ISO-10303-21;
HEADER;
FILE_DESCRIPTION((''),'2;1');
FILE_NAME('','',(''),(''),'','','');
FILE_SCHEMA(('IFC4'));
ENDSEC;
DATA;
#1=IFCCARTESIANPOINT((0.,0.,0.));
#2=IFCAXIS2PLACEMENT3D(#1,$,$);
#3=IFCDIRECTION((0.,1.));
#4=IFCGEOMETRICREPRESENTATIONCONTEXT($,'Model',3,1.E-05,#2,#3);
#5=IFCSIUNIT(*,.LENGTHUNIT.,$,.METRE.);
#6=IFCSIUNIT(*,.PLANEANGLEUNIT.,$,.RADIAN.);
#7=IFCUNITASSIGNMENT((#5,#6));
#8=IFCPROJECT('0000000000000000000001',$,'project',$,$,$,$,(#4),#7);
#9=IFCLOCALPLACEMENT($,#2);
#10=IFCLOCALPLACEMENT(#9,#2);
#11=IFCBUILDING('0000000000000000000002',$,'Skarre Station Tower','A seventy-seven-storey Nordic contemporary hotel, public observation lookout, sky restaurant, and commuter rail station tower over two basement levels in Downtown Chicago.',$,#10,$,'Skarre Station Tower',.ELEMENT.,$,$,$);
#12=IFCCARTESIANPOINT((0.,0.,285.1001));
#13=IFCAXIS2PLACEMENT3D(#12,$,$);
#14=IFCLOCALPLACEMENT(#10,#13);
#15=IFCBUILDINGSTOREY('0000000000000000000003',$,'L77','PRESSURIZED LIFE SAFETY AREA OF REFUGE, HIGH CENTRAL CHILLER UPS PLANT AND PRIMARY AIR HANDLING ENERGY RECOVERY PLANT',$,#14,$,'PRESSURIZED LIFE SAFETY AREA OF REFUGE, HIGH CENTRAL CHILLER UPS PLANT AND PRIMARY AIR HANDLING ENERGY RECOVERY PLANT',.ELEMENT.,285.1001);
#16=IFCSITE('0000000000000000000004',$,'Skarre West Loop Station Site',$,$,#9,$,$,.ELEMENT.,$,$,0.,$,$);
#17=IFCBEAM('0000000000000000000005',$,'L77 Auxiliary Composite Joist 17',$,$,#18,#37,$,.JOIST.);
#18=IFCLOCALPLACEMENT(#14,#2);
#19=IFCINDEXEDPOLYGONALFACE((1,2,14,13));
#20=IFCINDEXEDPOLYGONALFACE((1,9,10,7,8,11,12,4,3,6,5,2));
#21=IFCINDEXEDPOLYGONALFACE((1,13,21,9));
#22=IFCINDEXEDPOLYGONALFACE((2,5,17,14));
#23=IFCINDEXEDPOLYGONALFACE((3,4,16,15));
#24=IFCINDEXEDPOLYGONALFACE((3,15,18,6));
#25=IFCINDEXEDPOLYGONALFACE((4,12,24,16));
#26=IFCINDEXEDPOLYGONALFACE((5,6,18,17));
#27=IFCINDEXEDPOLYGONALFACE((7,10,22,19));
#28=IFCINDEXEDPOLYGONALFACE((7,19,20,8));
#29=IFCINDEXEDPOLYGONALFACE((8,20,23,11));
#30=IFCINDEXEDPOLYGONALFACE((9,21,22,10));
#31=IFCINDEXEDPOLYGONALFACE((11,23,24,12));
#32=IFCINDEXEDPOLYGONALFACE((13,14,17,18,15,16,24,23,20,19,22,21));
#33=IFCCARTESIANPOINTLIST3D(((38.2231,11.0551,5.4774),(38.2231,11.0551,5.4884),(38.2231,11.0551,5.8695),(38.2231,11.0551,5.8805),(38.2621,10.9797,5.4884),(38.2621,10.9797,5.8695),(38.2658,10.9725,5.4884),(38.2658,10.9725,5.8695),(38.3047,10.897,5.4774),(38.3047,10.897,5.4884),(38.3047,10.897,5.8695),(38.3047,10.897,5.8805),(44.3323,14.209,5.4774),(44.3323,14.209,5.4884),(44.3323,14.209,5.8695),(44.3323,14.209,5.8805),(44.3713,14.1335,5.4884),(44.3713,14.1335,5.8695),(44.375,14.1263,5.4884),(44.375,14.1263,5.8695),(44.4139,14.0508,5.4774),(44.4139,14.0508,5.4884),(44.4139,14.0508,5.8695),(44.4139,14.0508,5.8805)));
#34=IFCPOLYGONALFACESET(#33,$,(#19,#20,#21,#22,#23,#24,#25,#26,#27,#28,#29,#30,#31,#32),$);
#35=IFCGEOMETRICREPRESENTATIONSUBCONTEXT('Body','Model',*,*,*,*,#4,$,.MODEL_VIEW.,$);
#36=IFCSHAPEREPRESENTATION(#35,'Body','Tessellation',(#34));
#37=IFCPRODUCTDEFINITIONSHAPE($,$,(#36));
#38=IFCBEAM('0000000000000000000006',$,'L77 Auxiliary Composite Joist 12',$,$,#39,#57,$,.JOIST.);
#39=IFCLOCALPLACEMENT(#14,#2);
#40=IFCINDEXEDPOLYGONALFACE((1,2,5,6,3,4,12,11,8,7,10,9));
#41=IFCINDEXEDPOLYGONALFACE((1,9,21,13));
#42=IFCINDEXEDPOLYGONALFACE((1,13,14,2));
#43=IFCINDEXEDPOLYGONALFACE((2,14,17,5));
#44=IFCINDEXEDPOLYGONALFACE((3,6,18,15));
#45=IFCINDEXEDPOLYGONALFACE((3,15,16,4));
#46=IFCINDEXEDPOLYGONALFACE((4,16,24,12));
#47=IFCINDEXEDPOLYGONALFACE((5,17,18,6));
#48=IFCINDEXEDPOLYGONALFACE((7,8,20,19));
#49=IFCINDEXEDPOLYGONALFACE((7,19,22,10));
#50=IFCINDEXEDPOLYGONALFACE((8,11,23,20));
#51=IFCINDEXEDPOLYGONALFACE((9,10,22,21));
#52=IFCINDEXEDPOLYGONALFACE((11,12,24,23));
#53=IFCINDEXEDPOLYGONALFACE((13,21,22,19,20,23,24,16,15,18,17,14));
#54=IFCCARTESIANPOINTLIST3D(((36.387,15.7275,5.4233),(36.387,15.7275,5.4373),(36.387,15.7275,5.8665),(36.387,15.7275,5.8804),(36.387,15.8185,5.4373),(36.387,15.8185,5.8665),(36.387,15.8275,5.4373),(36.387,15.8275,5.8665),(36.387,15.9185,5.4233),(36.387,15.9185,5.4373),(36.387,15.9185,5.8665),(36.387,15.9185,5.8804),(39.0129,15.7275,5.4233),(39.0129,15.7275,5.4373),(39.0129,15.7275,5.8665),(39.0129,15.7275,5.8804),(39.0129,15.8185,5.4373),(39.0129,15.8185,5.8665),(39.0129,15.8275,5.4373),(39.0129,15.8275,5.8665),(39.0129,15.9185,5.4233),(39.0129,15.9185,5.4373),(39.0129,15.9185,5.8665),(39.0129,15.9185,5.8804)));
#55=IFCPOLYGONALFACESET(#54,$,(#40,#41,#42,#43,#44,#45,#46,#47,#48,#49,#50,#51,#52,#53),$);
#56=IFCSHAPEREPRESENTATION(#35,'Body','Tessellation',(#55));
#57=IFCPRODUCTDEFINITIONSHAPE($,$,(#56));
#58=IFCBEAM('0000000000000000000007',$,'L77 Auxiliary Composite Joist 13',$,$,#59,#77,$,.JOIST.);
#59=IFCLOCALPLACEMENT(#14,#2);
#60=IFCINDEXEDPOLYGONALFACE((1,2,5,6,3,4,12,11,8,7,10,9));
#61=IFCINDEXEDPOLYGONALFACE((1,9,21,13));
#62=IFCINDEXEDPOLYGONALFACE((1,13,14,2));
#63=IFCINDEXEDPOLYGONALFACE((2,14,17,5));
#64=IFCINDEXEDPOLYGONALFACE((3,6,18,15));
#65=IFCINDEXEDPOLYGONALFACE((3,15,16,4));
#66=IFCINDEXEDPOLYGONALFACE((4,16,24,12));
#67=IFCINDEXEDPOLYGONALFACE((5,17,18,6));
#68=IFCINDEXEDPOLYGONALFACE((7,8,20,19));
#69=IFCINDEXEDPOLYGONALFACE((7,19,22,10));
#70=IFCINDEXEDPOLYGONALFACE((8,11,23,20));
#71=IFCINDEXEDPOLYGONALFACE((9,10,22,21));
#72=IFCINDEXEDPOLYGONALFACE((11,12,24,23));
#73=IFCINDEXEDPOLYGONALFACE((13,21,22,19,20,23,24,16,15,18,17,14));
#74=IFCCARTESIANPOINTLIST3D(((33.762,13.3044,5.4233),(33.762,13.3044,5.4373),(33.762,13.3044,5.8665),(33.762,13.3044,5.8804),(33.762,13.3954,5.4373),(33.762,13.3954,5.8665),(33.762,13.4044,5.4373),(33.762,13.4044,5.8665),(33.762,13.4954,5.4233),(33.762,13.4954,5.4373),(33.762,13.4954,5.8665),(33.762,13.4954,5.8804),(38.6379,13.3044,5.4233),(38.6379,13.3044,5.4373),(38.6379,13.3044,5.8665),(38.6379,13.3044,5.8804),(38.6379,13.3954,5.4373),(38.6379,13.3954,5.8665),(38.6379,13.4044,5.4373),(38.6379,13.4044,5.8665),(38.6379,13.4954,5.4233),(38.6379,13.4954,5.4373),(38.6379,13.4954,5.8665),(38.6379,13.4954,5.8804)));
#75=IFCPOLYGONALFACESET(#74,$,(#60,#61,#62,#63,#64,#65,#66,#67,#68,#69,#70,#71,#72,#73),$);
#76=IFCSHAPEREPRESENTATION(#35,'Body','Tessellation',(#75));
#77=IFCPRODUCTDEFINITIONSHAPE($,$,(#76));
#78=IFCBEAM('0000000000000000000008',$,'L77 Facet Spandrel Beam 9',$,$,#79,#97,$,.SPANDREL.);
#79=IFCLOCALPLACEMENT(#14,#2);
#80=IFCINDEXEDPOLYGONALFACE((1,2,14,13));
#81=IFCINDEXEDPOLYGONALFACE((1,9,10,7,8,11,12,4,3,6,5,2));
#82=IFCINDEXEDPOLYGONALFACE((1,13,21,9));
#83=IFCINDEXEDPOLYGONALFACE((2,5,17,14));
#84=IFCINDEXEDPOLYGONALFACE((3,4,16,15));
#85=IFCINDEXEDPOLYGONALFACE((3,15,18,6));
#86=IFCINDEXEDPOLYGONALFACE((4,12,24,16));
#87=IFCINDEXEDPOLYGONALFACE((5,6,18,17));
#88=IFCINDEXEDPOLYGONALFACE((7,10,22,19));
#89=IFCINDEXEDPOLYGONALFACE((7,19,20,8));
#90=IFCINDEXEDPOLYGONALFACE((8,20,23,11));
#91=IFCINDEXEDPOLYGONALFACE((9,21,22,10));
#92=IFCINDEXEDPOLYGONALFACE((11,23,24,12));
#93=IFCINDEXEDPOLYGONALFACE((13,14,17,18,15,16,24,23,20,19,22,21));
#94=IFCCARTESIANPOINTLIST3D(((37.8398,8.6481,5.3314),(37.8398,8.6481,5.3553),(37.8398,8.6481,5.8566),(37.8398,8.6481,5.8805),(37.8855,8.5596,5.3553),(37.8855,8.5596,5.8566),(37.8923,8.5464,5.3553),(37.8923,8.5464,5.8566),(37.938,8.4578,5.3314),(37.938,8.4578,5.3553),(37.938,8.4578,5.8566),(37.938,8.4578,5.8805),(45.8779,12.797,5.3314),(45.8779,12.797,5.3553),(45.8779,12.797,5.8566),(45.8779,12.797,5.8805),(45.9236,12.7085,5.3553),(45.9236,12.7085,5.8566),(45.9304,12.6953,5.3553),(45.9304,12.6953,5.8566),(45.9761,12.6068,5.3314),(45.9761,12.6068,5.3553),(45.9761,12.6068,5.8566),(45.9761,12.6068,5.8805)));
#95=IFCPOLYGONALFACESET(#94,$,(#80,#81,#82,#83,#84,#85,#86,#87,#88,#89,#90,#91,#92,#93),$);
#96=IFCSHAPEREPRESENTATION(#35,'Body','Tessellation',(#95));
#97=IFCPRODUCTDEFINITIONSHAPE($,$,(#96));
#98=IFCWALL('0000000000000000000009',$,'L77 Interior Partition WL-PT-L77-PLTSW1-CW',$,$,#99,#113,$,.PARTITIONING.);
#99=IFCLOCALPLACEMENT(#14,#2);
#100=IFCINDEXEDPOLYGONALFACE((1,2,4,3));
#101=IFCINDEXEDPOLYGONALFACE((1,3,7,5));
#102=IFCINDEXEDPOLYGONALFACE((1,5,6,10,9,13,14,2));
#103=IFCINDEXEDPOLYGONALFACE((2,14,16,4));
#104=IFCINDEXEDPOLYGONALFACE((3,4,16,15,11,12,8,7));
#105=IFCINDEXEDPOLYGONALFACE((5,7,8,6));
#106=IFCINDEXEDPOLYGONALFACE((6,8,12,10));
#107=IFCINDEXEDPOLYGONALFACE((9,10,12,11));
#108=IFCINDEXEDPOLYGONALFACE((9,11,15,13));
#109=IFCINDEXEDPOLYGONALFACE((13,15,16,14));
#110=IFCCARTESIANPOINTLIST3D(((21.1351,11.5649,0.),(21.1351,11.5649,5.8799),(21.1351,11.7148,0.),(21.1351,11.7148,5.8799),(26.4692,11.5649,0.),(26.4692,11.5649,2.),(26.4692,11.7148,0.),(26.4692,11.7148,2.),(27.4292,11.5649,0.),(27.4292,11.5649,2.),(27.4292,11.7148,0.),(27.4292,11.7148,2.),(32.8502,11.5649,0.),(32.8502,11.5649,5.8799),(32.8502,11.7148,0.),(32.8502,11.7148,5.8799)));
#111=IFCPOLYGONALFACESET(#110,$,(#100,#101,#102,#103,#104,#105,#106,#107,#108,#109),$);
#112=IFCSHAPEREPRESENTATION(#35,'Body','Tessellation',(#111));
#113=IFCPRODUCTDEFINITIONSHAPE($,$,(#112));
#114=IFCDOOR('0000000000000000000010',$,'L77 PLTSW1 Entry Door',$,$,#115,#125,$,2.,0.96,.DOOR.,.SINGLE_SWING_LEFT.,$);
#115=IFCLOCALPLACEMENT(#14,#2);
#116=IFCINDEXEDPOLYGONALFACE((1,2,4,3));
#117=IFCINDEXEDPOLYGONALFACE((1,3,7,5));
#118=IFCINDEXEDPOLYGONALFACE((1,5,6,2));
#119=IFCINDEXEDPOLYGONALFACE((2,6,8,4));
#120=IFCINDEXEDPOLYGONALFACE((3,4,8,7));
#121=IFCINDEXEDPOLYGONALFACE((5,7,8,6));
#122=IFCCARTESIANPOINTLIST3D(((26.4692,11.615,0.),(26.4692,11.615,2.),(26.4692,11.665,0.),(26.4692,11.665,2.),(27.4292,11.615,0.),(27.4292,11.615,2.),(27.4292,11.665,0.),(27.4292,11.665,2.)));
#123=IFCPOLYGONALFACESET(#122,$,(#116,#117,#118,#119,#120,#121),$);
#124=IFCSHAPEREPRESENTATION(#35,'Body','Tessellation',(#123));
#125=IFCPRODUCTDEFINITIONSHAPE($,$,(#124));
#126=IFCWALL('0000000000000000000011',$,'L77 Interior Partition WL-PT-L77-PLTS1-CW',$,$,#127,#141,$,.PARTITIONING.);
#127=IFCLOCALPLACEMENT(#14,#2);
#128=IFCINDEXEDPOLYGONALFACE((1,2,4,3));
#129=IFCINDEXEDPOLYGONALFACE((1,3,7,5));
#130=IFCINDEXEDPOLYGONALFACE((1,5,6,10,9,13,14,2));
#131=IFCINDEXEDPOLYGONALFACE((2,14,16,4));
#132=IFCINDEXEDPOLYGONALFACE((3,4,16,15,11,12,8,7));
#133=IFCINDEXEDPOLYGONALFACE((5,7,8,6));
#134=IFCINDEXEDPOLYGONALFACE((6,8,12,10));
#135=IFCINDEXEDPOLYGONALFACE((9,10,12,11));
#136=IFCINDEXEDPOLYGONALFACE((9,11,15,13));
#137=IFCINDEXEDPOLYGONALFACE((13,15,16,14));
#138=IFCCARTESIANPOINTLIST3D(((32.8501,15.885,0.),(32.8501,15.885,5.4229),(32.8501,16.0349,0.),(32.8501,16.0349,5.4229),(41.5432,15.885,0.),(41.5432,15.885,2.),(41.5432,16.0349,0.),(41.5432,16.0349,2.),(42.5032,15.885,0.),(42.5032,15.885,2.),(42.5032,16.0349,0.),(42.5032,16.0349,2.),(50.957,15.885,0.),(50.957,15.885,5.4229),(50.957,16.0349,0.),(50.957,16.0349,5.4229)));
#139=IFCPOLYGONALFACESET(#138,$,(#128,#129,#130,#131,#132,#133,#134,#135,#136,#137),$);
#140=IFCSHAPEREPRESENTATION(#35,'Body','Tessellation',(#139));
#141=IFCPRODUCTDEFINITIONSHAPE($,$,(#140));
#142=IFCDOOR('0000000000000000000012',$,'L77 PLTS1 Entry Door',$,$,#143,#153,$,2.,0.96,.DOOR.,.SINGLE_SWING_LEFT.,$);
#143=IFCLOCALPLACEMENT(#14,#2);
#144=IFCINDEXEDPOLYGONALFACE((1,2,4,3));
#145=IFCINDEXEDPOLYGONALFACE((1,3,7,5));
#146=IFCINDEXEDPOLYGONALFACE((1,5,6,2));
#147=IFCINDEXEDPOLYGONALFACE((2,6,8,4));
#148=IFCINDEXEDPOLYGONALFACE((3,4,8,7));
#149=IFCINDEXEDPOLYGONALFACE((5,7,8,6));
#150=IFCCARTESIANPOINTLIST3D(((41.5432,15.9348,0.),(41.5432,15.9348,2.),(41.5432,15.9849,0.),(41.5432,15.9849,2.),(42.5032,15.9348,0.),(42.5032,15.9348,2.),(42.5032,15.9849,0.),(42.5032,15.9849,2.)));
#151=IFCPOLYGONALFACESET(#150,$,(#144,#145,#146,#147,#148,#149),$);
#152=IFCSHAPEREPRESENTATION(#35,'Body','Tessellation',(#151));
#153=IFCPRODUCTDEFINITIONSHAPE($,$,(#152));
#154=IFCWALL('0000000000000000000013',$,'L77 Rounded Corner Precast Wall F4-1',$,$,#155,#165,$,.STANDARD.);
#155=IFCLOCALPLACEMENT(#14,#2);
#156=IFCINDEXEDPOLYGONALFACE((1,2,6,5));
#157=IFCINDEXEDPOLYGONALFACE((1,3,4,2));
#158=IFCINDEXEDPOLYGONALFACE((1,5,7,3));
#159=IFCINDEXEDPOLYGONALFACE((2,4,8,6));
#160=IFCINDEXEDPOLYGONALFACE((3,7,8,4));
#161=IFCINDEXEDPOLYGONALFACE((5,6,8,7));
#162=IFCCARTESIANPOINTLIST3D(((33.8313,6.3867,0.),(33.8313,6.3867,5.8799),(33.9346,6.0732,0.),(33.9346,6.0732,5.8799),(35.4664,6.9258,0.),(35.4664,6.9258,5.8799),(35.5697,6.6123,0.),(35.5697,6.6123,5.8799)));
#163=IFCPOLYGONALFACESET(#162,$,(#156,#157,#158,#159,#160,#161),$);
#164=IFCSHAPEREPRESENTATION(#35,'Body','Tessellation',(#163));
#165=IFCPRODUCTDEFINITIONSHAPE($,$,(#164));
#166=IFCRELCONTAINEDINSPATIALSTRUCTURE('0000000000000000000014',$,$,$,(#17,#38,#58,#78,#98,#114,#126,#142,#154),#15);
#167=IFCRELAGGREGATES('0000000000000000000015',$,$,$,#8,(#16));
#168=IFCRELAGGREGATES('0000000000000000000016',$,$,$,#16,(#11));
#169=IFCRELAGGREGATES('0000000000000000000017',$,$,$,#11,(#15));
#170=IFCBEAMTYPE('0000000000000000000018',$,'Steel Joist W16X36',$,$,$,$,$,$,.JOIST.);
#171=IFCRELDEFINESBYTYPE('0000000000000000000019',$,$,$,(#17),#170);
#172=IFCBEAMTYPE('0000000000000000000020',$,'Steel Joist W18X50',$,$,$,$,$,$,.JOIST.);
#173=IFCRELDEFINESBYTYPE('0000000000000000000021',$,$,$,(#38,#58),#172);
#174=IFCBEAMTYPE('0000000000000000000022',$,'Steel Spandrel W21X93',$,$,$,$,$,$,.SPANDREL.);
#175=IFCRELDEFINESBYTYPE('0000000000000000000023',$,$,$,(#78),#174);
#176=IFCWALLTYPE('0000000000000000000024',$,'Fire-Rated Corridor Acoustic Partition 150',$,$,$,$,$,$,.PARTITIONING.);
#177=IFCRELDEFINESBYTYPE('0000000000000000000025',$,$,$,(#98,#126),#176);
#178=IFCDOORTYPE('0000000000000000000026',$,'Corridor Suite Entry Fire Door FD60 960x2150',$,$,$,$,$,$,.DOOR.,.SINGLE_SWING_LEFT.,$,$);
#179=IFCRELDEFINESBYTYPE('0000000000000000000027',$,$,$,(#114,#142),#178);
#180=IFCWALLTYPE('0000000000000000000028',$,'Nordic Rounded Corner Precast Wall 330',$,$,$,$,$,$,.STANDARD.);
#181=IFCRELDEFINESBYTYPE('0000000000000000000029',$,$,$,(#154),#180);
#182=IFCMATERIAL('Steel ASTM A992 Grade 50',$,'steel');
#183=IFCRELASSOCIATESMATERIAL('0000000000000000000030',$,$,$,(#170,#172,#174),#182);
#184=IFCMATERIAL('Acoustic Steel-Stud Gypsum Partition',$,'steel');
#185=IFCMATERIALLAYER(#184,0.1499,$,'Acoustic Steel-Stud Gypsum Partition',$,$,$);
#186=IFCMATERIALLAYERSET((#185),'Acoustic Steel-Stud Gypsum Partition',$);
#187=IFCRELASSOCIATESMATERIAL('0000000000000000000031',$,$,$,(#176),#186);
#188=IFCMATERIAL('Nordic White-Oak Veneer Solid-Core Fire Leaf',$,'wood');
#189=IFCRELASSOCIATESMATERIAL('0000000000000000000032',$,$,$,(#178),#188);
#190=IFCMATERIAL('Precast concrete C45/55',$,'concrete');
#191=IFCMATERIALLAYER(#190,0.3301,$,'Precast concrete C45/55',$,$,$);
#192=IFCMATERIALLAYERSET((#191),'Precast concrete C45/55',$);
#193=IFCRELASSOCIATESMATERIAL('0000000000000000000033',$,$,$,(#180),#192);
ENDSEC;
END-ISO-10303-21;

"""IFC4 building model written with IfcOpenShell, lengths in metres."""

from ifc_helpers import new_model, si_unit, direction, frame, frame_2d, origin, origin_2d, place, context, subcontext, project, spatial, rectangle, i_section, extrude, material, layer, layer_set, material_profile, profile_set, type_object, element, fill, save


model = new_model("IFC4")

# Units and contexts
model_context = context("Model", 3, precision=1e-05, world=origin(), true_north=direction((0.0, 1.0)))
body_context = subcontext(model_context, "Body", "Model", "MODEL_VIEW")
ifc_project = project(units=[si_unit("LENGTHUNIT", "METRE"), si_unit("PLANEANGLEUNIT", "RADIAN")], contexts=[model_context])

# Site, building, storey
site_placement = place(None, origin())
site = spatial("IfcSite", under=ifc_project, at=site_placement, Name="Skarre West Loop Station Site", CompositionType="ELEMENT", RefElevation=0.0)
building_placement = place(site_placement, origin())
building = spatial("IfcBuilding", under=site, at=building_placement, Name="Skarre Station Tower", Description="A seventy-seven-storey Nordic contemporary hotel, public observation lookout, sky restaurant, and commuter rail station tower over two basement levels in Downtown Chicago.", LongName="Skarre Station Tower", CompositionType="ELEMENT")
storey_placement = place(building_placement, frame((0.0, 0.0, 285.1001)))
storey = spatial("IfcBuildingStorey", under=building, at=storey_placement, Name="L77", Description="PRESSURIZED LIFE SAFETY AREA OF REFUGE, HIGH CENTRAL CHILLER UPS PLANT AND PRIMARY AIR HANDLING ENERGY RECOVERY PLANT", LongName="PRESSURIZED LIFE SAFETY AREA OF REFUGE, HIGH CENTRAL CHILLER UPS PLANT AND PRIMARY AIR HANDLING ENERGY RECOVERY PLANT", CompositionType="ELEMENT", Elevation=285.1001)

# Beams
ifc_material_1 = material(Name="Steel ASTM A992 Grade 50", Category="steel")
ifc_material_profile_1 = material_profile(ifc_material_1, i_section(OverallWidth=0.178, OverallDepth=0.4031, WebThickness=0.0081, FlangeThickness=0.011, at=origin_2d()), Name="Steel ASTM A992 Grade 50")
ifc_profile_set_1 = profile_set([ifc_material_profile_1], Name="Steel ASTM A992 Grade 50")
beam_type_1 = type_object("IfcBeamType", Name="Steel Joist W16X36", PredefinedType="JOIST", material=ifc_profile_set_1)
beam_1_placement = place(storey_placement, frame((38.2639, 10.9761, 5.679), z_axis=(0.888579, 0.458724, 0.0), x_axis=(-0.458724, 0.888579, 0.0)))
element("IfcBeam", 1, at=beam_1_placement, inside=storey, type_object=beam_type_1, Name="L77 Auxiliary Composite Joist 17", PredefinedType="JOIST", context=body_context, shape_type="SweptSolid", body=[
    extrude(i_section(OverallWidth=0.178, OverallDepth=0.4031, WebThickness=0.0081, FlangeThickness=0.011, at=origin_2d()), origin(), (0.0, 0.0, 1.0), 6.8752),
])
ifc_material_profile_2 = material_profile(ifc_material_1, i_section(OverallWidth=0.1909, OverallDepth=0.457, WebThickness=0.009, FlangeThickness=0.0139, at=origin_2d()), Name="Steel ASTM A992 Grade 50")
ifc_profile_set_2 = profile_set([ifc_material_profile_2], Name="Steel ASTM A992 Grade 50")
beam_type_2 = type_object("IfcBeamType", Name="Steel Joist W18X50", PredefinedType="JOIST", material=ifc_profile_set_2)
beam_2_placement = place(storey_placement, frame((36.387, 15.823, 5.6519), z_axis=(1.0, 0.0, 0.0), x_axis=(0.0, 1.0, 0.0)))
element("IfcBeam", 2, at=beam_2_placement, inside=storey, type_object=beam_type_2, Name="L77 Auxiliary Composite Joist 12", PredefinedType="JOIST", context=body_context, shape_type="SweptSolid", body=[
    extrude(i_section(OverallWidth=0.1909, OverallDepth=0.457, WebThickness=0.009, FlangeThickness=0.0139, at=origin_2d()), origin(), (0.0, 0.0, 1.0), 2.626),
])
beam_3_placement = place(storey_placement, frame((33.762, 13.3999, 5.6519), z_axis=(1.0, 0.0, 0.0), x_axis=(0.0, 1.0, 0.0)))
element("IfcBeam", 3, at=beam_3_placement, inside=storey, type_object=beam_type_2, Name="L77 Auxiliary Composite Joist 13", PredefinedType="JOIST", context=body_context, shape_type="SweptSolid", body=[
    extrude(i_section(OverallWidth=0.1909, OverallDepth=0.457, WebThickness=0.009, FlangeThickness=0.0139, at=origin_2d()), origin(), (0.0, 0.0, 1.0), 4.876),
])
ifc_material_profile_3 = material_profile(ifc_material_1, i_section(OverallWidth=0.2141, OverallDepth=0.5491, WebThickness=0.0149, FlangeThickness=0.0239, at=origin_2d()), Name="Steel ASTM A992 Grade 50")
ifc_profile_set_3 = profile_set([ifc_material_profile_3], Name="Steel ASTM A992 Grade 50")
beam_type_3 = type_object("IfcBeamType", Name="Steel Spandrel W21X93", PredefinedType="SPANDREL", material=ifc_profile_set_3)
beam_4_placement = place(storey_placement, frame((37.8889, 8.553, 5.606), z_axis=(0.88861, 0.458664, 0.0), x_axis=(-0.458664, 0.88861, 0.0)))
element("IfcBeam", 4, at=beam_4_placement, inside=storey, type_object=beam_type_3, Name="L77 Facet Spandrel Beam 9", PredefinedType="SPANDREL", context=body_context, shape_type="SweptSolid", body=[
    extrude(i_section(OverallWidth=0.2141, OverallDepth=0.5491, WebThickness=0.0149, FlangeThickness=0.0239, at=origin_2d()), origin(), (0.0, 0.0, 1.0), 9.0457),
])

# Walls, openings, doors
ifc_material_2 = material(Name="Acoustic Steel-Stud Gypsum Partition", Category="steel")
ifc_layer_1 = layer(ifc_material_2, 0.1499, Name="Acoustic Steel-Stud Gypsum Partition")
ifc_layer_set_1 = layer_set([ifc_layer_1], Name="Acoustic Steel-Stud Gypsum Partition")
wall_type_1 = type_object("IfcWallType", Name="Fire-Rated Corridor Acoustic Partition 150", PredefinedType="PARTITIONING", material=ifc_layer_set_1)
wall_1_placement = place(storey_placement, frame((32.8501, 11.6399, 0.0), z_axis=(0.0, 0.0, 1.0), x_axis=(-1.0, 0.0, 0.0)))
wall_1 = element("IfcWall", 5, at=wall_1_placement, inside=storey, type_object=wall_type_1, Name="L77 Interior Partition WL-PT-L77-PLTSW1-CW", PredefinedType="PARTITIONING", context=body_context, shape_type="SweptSolid", body=[
    extrude(rectangle(XDim=11.7151, YDim=0.1499, at=frame_2d((5.8574, 0.0))), origin(), (0.0, 0.0, 1.0), 5.8799),
])
opening_1_placement = place(wall_1_placement, frame((5.4209, 0.0, 0.0)))
opening_1 = element("IfcOpeningElement", 6, at=opening_1_placement, cuts=wall_1, PredefinedType="OPENING", context=body_context, shape_type="SweptSolid", body=[
    extrude(rectangle(XDim=0.96, YDim=2.0, at=frame_2d((0.48, 1.0))), frame((0.0, 0.085, 0.0), z_axis=(0.0, -1.0, 0.0), x_axis=(1.0, 0.0, 0.0)), (0.0, 0.0, 1.0), 0.1699),
])
ifc_material_3 = material(Name="Nordic White-Oak Veneer Solid-Core Fire Leaf", Category="wood")
door_type_1 = type_object("IfcDoorType", Name="Corridor Suite Entry Fire Door FD60 960x2150", OperationType="SINGLE_SWING_LEFT", PredefinedType="DOOR", material=ifc_material_3)
door_1_placement = place(opening_1_placement, origin())
door_1 = element("IfcDoor", 7, at=door_1_placement, inside=storey, type_object=door_type_1, Name="L77 PLTSW1 Entry Door", OperationType="SINGLE_SWING_LEFT", OverallHeight=2.0, OverallWidth=0.96, PredefinedType="DOOR", context=body_context, shape_type="SweptSolid", body=[
    extrude(rectangle(XDim=0.96, YDim=2.0, at=frame_2d((0.48, 1.0))), frame((0.0, 0.0249, 0.0), z_axis=(0.0, -1.0, 0.0), x_axis=(1.0, 0.0, 0.0)), (0.0, 0.0, 1.0), 0.05),
])
fill(opening_1, door_1)
wall_2_placement = place(storey_placement, frame((32.8501, 15.96, 0.0), z_axis=(0.0, 0.0, 1.0), x_axis=(1.0, 0.0, 0.0)))
wall_2 = element("IfcWall", 8, at=wall_2_placement, inside=storey, type_object=wall_type_1, Name="L77 Interior Partition WL-PT-L77-PLTS1-CW", PredefinedType="PARTITIONING", context=body_context, shape_type="SweptSolid", body=[
    extrude(rectangle(XDim=18.1069, YDim=0.1499, at=frame_2d((9.0535, 0.0))), origin(), (0.0, 0.0, 1.0), 5.4229),
])
opening_2_placement = place(wall_2_placement, frame((8.6931, 0.0, 0.0)))
opening_2 = element("IfcOpeningElement", 9, at=opening_2_placement, cuts=wall_2, PredefinedType="OPENING", context=body_context, shape_type="SweptSolid", body=[
    extrude(rectangle(XDim=0.96, YDim=2.0, at=frame_2d((0.48, 1.0))), frame((0.0, 0.085, 0.0), z_axis=(0.0, -1.0, 0.0), x_axis=(1.0, 0.0, 0.0)), (0.0, 0.0, 1.0), 0.1699),
])
door_2_placement = place(opening_2_placement, origin())
door_2 = element("IfcDoor", 10, at=door_2_placement, inside=storey, type_object=door_type_1, Name="L77 PLTS1 Entry Door", OperationType="SINGLE_SWING_LEFT", OverallHeight=2.0, OverallWidth=0.96, PredefinedType="DOOR", context=body_context, shape_type="SweptSolid", body=[
    extrude(rectangle(XDim=0.96, YDim=2.0, at=frame_2d((0.48, 1.0))), frame((0.0, 0.0249, 0.0), z_axis=(0.0, -1.0, 0.0), x_axis=(1.0, 0.0, 0.0)), (0.0, 0.0, 1.0), 0.05),
])
fill(opening_2, door_2)

# Wall
ifc_material_4 = material(Name="Precast concrete C45/55", Category="concrete")
ifc_layer_2 = layer(ifc_material_4, 0.3301, Name="Precast concrete C45/55")
ifc_layer_set_2 = layer_set([ifc_layer_2], Name="Precast concrete C45/55")
wall_type_2 = type_object("IfcWallType", Name="Nordic Rounded Corner Precast Wall 330", PredefinedType="STANDARD", material=ifc_layer_set_2)
wall_3_placement = place(storey_placement, frame((35.5181, 6.769, 0.0), z_axis=(0.0, 0.0, 1.0), x_axis=(-0.949713, -0.31312, 0.0)))
element("IfcWall", 11, at=wall_3_placement, inside=storey, type_object=wall_type_2, Name="L77 Rounded Corner Precast Wall F4-1", PredefinedType="STANDARD", context=body_context, shape_type="SweptSolid", body=[
    extrude(rectangle(XDim=1.7217, YDim=0.3301, at=frame_2d((0.8608, 0.0))), origin(), (0.0, 0.0, 1.0), 5.8799),
])

save(model, "model.ifc")
